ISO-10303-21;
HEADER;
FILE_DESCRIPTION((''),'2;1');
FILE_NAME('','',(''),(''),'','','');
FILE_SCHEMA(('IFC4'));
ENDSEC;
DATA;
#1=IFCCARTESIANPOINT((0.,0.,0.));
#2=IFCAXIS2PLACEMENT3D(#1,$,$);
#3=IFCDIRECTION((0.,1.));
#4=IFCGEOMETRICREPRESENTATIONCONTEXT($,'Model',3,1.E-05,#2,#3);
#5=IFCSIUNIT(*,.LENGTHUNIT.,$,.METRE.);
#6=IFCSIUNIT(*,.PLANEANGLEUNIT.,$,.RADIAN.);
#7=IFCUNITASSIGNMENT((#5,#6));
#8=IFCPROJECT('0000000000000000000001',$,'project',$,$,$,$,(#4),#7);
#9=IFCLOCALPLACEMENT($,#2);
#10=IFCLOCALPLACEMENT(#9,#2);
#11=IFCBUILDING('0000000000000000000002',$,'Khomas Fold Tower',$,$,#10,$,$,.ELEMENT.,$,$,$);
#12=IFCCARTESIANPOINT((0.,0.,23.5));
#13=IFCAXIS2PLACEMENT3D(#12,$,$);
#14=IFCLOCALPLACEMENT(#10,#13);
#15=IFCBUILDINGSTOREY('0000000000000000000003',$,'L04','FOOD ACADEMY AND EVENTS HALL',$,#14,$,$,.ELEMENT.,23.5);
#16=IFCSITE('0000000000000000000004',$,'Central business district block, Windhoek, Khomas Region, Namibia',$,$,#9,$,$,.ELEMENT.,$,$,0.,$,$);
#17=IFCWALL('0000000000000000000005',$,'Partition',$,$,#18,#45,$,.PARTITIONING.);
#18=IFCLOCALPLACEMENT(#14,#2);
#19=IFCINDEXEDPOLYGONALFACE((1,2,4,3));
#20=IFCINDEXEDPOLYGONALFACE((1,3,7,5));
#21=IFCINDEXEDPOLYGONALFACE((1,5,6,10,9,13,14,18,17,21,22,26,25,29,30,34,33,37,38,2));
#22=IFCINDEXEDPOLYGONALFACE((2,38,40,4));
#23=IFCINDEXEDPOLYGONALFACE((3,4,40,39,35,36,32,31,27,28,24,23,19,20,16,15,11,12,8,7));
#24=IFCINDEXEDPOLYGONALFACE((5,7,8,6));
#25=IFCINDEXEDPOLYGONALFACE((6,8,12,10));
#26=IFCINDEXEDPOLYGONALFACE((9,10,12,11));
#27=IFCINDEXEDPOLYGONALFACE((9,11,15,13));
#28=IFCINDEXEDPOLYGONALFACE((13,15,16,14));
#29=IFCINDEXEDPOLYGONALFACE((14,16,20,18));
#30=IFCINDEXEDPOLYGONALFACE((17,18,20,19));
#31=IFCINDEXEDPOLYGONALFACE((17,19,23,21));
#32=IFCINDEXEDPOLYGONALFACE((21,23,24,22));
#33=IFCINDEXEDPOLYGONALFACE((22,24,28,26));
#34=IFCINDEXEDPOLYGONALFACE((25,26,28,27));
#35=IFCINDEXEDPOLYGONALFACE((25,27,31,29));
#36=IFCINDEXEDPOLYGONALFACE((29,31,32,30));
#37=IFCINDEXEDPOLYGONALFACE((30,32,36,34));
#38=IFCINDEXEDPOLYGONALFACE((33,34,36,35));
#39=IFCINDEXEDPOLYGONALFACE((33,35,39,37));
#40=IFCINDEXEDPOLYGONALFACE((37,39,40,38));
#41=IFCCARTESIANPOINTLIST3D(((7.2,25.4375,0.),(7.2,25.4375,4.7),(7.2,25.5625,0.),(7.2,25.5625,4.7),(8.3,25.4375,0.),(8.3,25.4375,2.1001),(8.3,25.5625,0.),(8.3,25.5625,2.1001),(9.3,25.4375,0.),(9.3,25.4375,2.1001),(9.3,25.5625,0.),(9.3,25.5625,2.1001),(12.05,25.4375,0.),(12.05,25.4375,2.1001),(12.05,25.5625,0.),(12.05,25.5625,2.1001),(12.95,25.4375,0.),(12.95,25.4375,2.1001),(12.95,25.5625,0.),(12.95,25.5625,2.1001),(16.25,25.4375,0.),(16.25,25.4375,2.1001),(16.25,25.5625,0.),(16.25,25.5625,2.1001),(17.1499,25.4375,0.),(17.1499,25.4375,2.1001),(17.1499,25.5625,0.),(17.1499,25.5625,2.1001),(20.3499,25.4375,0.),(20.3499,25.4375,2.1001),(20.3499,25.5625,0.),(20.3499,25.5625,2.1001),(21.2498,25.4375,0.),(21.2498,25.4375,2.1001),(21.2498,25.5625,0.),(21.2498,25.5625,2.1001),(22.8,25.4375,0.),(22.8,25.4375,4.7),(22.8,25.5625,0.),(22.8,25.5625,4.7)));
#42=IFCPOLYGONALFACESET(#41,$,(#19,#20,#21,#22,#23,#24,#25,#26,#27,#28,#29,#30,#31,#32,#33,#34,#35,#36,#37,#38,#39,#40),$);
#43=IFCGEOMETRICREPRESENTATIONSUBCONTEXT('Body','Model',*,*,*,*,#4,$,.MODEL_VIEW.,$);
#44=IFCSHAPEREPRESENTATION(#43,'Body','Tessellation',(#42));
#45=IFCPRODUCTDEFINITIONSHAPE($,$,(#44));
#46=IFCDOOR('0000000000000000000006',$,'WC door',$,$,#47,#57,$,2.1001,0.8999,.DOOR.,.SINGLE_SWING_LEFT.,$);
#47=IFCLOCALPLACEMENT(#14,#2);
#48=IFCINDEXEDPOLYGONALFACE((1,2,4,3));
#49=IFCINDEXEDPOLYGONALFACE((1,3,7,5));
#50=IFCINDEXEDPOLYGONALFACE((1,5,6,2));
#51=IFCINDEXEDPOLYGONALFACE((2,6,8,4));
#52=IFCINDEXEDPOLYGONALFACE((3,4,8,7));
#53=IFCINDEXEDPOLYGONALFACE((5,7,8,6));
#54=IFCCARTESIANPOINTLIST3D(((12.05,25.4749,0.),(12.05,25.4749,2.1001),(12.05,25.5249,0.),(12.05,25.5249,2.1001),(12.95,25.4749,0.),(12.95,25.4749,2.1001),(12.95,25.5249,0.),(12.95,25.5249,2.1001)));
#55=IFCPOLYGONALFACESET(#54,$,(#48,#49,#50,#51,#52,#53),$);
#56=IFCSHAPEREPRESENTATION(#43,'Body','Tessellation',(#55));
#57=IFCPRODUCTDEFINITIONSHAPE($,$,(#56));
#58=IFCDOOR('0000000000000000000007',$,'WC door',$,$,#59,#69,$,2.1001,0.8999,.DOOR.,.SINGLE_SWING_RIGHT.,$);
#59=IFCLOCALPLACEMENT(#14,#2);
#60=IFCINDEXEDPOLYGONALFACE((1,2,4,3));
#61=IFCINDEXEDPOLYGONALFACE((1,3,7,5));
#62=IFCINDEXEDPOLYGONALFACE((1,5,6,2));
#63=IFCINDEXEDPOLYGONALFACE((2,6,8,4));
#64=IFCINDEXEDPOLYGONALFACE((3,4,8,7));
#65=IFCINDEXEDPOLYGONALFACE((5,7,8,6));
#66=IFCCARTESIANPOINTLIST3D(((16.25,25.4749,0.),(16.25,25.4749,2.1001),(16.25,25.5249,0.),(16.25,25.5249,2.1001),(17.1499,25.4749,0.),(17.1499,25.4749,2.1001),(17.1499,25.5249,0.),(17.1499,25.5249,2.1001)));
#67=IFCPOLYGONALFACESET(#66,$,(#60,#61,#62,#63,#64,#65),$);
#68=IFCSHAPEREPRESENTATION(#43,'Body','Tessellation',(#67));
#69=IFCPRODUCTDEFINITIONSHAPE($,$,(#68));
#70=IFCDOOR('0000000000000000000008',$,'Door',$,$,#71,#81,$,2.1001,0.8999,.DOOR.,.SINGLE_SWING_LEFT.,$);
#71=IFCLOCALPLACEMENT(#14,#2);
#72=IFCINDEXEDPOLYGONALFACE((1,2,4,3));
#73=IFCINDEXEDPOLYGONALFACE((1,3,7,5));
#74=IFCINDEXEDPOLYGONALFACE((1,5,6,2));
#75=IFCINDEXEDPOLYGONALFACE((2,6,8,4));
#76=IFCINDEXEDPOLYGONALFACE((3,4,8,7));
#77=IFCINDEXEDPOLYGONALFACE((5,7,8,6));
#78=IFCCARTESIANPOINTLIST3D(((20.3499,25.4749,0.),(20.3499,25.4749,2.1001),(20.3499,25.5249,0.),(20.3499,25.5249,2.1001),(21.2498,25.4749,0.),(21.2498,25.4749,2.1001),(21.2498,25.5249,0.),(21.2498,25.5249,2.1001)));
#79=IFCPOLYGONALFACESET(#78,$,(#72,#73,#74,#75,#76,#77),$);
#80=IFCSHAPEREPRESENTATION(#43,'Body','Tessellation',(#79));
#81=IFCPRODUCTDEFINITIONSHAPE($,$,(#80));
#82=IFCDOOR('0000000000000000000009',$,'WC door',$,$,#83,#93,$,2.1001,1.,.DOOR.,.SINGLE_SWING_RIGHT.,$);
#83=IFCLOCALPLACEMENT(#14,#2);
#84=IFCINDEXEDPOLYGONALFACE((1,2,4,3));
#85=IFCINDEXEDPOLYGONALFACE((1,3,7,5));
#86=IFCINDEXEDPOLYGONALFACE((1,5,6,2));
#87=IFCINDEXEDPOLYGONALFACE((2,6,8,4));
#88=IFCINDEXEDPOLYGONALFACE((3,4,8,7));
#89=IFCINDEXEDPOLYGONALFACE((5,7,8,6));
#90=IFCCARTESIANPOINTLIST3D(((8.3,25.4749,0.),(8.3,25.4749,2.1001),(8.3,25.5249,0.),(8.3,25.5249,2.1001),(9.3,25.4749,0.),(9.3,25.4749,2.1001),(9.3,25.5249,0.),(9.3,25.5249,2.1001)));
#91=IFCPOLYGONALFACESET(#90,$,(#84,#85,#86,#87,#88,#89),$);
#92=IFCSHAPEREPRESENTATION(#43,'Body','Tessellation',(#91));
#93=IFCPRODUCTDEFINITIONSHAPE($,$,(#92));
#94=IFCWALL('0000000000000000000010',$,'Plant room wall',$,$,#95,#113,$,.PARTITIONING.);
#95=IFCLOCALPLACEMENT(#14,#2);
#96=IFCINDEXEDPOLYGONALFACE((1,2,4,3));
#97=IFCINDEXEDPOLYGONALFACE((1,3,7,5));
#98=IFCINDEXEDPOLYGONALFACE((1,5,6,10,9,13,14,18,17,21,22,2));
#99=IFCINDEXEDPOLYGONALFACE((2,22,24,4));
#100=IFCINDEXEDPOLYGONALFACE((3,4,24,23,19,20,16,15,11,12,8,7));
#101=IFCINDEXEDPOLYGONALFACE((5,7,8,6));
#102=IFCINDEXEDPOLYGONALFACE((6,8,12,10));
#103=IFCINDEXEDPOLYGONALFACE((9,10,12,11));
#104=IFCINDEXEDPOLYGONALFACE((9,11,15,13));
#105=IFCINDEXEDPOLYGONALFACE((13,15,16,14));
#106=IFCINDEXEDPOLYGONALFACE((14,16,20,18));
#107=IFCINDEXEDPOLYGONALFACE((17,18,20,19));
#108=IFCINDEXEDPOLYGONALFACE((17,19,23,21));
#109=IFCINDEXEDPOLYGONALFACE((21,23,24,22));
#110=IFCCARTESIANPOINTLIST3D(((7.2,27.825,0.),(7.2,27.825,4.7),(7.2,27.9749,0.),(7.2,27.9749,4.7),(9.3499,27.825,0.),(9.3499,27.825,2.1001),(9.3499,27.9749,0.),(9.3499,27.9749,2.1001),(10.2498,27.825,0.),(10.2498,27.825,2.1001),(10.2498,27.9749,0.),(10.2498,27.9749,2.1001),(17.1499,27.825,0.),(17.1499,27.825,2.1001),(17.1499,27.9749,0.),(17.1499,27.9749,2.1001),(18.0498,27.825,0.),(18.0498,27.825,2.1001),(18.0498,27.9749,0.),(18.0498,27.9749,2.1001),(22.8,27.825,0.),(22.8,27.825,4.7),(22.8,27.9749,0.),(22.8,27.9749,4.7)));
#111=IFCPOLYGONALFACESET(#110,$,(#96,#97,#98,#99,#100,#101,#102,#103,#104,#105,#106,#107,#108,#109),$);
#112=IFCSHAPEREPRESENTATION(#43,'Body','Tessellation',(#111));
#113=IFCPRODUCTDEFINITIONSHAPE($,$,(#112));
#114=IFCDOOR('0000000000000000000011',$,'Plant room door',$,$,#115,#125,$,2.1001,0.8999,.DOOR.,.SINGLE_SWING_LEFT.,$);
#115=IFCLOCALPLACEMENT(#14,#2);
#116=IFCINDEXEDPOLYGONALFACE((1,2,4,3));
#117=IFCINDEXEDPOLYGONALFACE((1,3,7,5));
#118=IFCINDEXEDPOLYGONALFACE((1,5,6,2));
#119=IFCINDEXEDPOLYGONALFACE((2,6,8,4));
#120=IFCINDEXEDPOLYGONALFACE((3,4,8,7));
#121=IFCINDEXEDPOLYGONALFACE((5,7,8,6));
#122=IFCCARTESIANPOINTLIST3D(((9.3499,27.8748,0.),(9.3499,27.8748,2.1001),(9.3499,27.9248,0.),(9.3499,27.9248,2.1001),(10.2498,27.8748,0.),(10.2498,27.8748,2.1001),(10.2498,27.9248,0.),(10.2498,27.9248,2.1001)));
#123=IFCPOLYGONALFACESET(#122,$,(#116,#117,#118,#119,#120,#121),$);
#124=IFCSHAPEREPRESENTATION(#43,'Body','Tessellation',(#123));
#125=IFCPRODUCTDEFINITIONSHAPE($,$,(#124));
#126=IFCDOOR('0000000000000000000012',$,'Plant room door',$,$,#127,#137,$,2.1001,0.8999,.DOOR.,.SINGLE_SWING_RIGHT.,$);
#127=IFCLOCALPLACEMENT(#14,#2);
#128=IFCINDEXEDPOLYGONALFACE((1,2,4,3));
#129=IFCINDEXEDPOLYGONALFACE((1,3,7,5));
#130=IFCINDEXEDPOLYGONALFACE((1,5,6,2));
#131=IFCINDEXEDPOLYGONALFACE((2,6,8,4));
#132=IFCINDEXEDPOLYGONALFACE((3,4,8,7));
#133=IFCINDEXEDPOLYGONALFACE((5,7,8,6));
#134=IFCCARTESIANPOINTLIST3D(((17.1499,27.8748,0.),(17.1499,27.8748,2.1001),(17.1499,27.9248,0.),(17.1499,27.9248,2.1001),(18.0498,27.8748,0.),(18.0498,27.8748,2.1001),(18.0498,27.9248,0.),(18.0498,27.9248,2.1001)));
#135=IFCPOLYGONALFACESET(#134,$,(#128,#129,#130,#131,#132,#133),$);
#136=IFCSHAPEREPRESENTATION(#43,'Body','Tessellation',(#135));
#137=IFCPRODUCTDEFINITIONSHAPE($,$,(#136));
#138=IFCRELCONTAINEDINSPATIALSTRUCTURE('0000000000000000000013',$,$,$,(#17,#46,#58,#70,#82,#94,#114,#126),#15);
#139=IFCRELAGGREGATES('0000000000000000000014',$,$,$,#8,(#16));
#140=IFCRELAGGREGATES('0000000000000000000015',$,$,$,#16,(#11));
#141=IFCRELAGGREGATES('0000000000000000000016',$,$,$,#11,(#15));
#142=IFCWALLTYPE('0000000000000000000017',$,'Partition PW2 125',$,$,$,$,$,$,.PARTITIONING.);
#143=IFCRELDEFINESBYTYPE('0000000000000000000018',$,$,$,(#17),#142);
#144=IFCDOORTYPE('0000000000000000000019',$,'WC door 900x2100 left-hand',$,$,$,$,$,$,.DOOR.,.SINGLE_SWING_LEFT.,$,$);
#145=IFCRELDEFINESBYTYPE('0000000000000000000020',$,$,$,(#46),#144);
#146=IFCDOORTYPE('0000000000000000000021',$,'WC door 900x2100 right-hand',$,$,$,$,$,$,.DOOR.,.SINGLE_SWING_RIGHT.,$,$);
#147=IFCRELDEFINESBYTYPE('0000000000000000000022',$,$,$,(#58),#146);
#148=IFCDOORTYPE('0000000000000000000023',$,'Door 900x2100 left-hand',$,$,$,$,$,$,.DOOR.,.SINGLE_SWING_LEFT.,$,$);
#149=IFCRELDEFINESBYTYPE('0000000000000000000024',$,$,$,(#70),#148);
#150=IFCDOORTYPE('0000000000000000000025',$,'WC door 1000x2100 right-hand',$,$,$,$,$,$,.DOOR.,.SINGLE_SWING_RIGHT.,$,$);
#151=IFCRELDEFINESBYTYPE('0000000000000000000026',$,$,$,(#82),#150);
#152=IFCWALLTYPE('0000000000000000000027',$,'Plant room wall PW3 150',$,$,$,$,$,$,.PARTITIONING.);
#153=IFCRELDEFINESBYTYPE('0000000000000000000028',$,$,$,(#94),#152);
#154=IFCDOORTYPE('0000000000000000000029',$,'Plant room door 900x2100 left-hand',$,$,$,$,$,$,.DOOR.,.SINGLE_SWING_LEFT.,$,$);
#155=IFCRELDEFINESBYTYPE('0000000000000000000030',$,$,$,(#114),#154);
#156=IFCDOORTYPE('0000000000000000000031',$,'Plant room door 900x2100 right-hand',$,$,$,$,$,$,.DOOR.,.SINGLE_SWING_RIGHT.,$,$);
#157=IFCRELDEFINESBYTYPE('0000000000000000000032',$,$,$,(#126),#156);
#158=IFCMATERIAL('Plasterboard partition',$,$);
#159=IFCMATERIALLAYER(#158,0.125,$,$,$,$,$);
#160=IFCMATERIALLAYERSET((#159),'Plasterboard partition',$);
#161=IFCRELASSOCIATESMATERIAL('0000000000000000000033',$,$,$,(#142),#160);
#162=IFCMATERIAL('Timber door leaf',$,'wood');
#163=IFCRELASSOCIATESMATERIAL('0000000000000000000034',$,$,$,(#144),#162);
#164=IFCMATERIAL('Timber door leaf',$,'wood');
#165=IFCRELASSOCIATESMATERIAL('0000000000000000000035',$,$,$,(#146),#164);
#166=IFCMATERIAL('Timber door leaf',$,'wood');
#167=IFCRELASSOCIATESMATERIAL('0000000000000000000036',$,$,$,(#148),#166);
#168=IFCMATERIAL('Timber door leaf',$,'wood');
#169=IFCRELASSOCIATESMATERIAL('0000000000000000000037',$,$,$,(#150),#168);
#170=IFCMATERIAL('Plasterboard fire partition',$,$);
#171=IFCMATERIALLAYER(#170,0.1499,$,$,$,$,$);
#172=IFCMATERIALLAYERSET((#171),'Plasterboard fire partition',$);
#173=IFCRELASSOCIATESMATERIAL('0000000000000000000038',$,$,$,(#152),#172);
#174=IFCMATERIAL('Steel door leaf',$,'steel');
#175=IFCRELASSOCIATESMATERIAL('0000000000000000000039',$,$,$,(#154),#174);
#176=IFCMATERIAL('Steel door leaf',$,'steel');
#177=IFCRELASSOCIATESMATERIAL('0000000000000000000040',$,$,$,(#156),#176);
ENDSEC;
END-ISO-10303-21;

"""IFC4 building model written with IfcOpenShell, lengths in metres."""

from ifc_helpers import new_model, si_unit, direction, frame, frame_2d, origin, place, context, subcontext, project, spatial, rectangle, extrude, source, transform, mapped, material, layer, layer_set, type_object, element, fill, save


model = new_model("IFC4")

# Units and contexts
model_context = context("Model", 3, precision=1e-05, world=origin(), true_north=direction((0.0, 1.0)))
body_context = subcontext(model_context, "Body", "Model", "MODEL_VIEW")
ifc_project = project(units=[si_unit("LENGTHUNIT", "METRE"), si_unit("PLANEANGLEUNIT", "RADIAN")], contexts=[model_context])

# Site, building, storey
site_placement = place(None, origin())
site = spatial("IfcSite", under=ifc_project, at=site_placement, Name="Central business district block, Windhoek, Khomas Region, Namibia", CompositionType="ELEMENT", RefElevation=0.0)
building_placement = place(site_placement, origin())
building = spatial("IfcBuilding", under=site, at=building_placement, Name="Khomas Fold Tower", CompositionType="ELEMENT")
storey_placement = place(building_placement, frame((0.0, 0.0, 23.5)))
storey = spatial("IfcBuildingStorey", under=building, at=storey_placement, Name="L04", Description="FOOD ACADEMY AND EVENTS HALL", CompositionType="ELEMENT", Elevation=23.5)

# Walls, openings, doors
ifc_material_1 = material(Name="Plasterboard partition")
ifc_layer_1 = layer(ifc_material_1, 0.125)
ifc_layer_set_1 = layer_set([ifc_layer_1], Name="Plasterboard partition")
wall_type_1 = type_object("IfcWallType", Name="Partition PW2 125", PredefinedType="PARTITIONING", material=ifc_layer_set_1)
shared_shape_1 = source(origin(), body_context, "Body", "SweptSolid", [
    extrude(rectangle(XDim=15.6001, YDim=0.125, at=frame_2d((7.8, 0.0))), origin(), (0.0, 0.0, 1.0), 4.7),
])
wall_1_placement = place(storey_placement, frame((7.2, 25.5, 0.0), z_axis=(0.0, 0.0, 1.0), x_axis=(1.0, 0.0, 0.0)))
wall_1 = element("IfcWall", 1, at=wall_1_placement, inside=storey, type_object=wall_type_1, Name="Partition", PredefinedType="PARTITIONING", context=body_context, shape_type="MappedRepresentation", body=[
    mapped(shared_shape_1, transform((0.0, 0.0, 0.0))),
])
shared_shape_2 = source(origin(), body_context, "Body", "SweptSolid", [
    extrude(rectangle(XDim=1.0, YDim=2.1001, at=frame_2d((0.5, 1.05))), frame((0.0, 0.0725, 0.0), z_axis=(0.0, -1.0, 0.0), x_axis=(1.0, 0.0, 0.0)), (0.0, 0.0, 1.0), 0.145),
])
opening_1_placement = place(wall_1_placement, frame((1.1001, 0.0, 0.0)))
opening_1 = element("IfcOpeningElement", 2, at=opening_1_placement, cuts=wall_1, PredefinedType="OPENING", context=body_context, shape_type="MappedRepresentation", body=[
    mapped(shared_shape_2, transform((0.0, 0.0, 0.0))),
])
shared_shape_3 = source(origin(), body_context, "Body", "SweptSolid", [
    extrude(rectangle(XDim=0.8999, YDim=2.1001, at=frame_2d((0.45, 1.05))), frame((0.0, 0.0725, 0.0), z_axis=(0.0, -1.0, 0.0), x_axis=(1.0, 0.0, 0.0)), (0.0, 0.0, 1.0), 0.145),
])
opening_2_placement = place(wall_1_placement, frame((4.8501, 0.0, 0.0)))
opening_2 = element("IfcOpeningElement", 3, at=opening_2_placement, cuts=wall_1, PredefinedType="OPENING", context=body_context, shape_type="MappedRepresentation", body=[
    mapped(shared_shape_3, transform((0.0, 0.0, 0.0))),
])
opening_3_placement = place(wall_1_placement, frame((9.05, 0.0, 0.0)))
opening_3 = element("IfcOpeningElement", 4, at=opening_3_placement, cuts=wall_1, PredefinedType="OPENING", context=body_context, shape_type="MappedRepresentation", body=[
    mapped(shared_shape_3, transform((0.0, 0.0, 0.0))),
])
opening_4_placement = place(wall_1_placement, frame((13.1499, 0.0, 0.0)))
opening_4 = element("IfcOpeningElement", 5, at=opening_4_placement, cuts=wall_1, PredefinedType="OPENING", context=body_context, shape_type="MappedRepresentation", body=[
    mapped(shared_shape_3, transform((0.0, 0.0, 0.0))),
])
ifc_material_2 = material(Name="Timber door leaf", Category="wood")
door_type_1 = type_object("IfcDoorType", Name="WC door 900x2100 left-hand", OperationType="SINGLE_SWING_LEFT", PredefinedType="DOOR", material=ifc_material_2)
shared_shape_4 = source(origin(), body_context, "Body", "SweptSolid", [
    extrude(rectangle(XDim=0.8999, YDim=2.1001, at=frame_2d((0.45, 1.05))), frame((0.0, 0.0249, 0.0), z_axis=(0.0, -1.0, 0.0), x_axis=(1.0, 0.0, 0.0)), (0.0, 0.0, 1.0), 0.05),
])
door_1_placement = place(opening_2_placement, origin())
door_1 = element("IfcDoor", 6, at=door_1_placement, inside=storey, type_object=door_type_1, Name="WC door", OperationType="SINGLE_SWING_LEFT", OverallHeight=2.1001, OverallWidth=0.8999, PredefinedType="DOOR", context=body_context, shape_type="MappedRepresentation", body=[
    mapped(shared_shape_4, transform((0.0, 0.0, 0.0))),
])
fill(opening_2, door_1)
ifc_material_3 = material(Name="Timber door leaf", Category="wood")
door_type_2 = type_object("IfcDoorType", Name="WC door 900x2100 right-hand", OperationType="SINGLE_SWING_RIGHT", PredefinedType="DOOR", material=ifc_material_3)
door_2_placement = place(opening_3_placement, origin())
door_2 = element("IfcDoor", 7, at=door_2_placement, inside=storey, type_object=door_type_2, Name="WC door", OperationType="SINGLE_SWING_RIGHT", OverallHeight=2.1001, OverallWidth=0.8999, PredefinedType="DOOR", context=body_context, shape_type="MappedRepresentation", body=[
    mapped(shared_shape_4, transform((0.0, 0.0, 0.0))),
])
fill(opening_3, door_2)
ifc_material_4 = material(Name="Timber door leaf", Category="wood")
door_type_3 = type_object("IfcDoorType", Name="Door 900x2100 left-hand", OperationType="SINGLE_SWING_LEFT", PredefinedType="DOOR", material=ifc_material_4)
door_3_placement = place(opening_4_placement, origin())
door_3 = element("IfcDoor", 8, at=door_3_placement, inside=storey, type_object=door_type_3, Name="Door", OperationType="SINGLE_SWING_LEFT", OverallHeight=2.1001, OverallWidth=0.8999, PredefinedType="DOOR", context=body_context, shape_type="MappedRepresentation", body=[
    mapped(shared_shape_4, transform((0.0, 0.0, 0.0))),
])
fill(opening_4, door_3)
ifc_material_5 = material(Name="Timber door leaf", Category="wood")
door_type_4 = type_object("IfcDoorType", Name="WC door 1000x2100 right-hand", OperationType="SINGLE_SWING_RIGHT", PredefinedType="DOOR", material=ifc_material_5)
shared_shape_5 = source(origin(), body_context, "Body", "SweptSolid", [
    extrude(rectangle(XDim=1.0, YDim=2.1001, at=frame_2d((0.5, 1.05))), frame((0.0, 0.0249, 0.0), z_axis=(0.0, -1.0, 0.0), x_axis=(1.0, 0.0, 0.0)), (0.0, 0.0, 1.0), 0.05),
])
door_4_placement = place(opening_1_placement, origin())
door_4 = element("IfcDoor", 9, at=door_4_placement, inside=storey, type_object=door_type_4, Name="WC door", OperationType="SINGLE_SWING_RIGHT", OverallHeight=2.1001, OverallWidth=1.0, PredefinedType="DOOR", context=body_context, shape_type="MappedRepresentation", body=[
    mapped(shared_shape_5, transform((0.0, 0.0, 0.0))),
])
fill(opening_1, door_4)
ifc_material_6 = material(Name="Plasterboard fire partition")
ifc_layer_2 = layer(ifc_material_6, 0.1499)
ifc_layer_set_2 = layer_set([ifc_layer_2], Name="Plasterboard fire partition")
wall_type_2 = type_object("IfcWallType", Name="Plant room wall PW3 150", PredefinedType="PARTITIONING", material=ifc_layer_set_2)
shared_shape_6 = source(origin(), body_context, "Body", "SweptSolid", [
    extrude(rectangle(XDim=15.6001, YDim=0.1499, at=frame_2d((7.8, 0.0))), origin(), (0.0, 0.0, 1.0), 4.7),
])
wall_2_placement = place(storey_placement, frame((7.2, 27.8999, 0.0), z_axis=(0.0, 0.0, 1.0), x_axis=(1.0, 0.0, 0.0)))
wall_2 = element("IfcWall", 10, at=wall_2_placement, inside=storey, type_object=wall_type_2, Name="Plant room wall", PredefinedType="PARTITIONING", context=body_context, shape_type="MappedRepresentation", body=[
    mapped(shared_shape_6, transform((0.0, 0.0, 0.0))),
])
shared_shape_7 = source(origin(), body_context, "Body", "SweptSolid", [
    extrude(rectangle(XDim=0.8999, YDim=2.1001, at=frame_2d((0.45, 1.05))), frame((0.0, 0.085, 0.0), z_axis=(0.0, -1.0, 0.0), x_axis=(1.0, 0.0, 0.0)), (0.0, 0.0, 1.0), 0.1699),
])
opening_5_placement = place(wall_2_placement, frame((2.1499, 0.0, 0.0)))
opening_5 = element("IfcOpeningElement", 11, at=opening_5_placement, cuts=wall_2, PredefinedType="OPENING", context=body_context, shape_type="MappedRepresentation", body=[
    mapped(shared_shape_7, transform((0.0, 0.0, 0.0))),
])
opening_6_placement = place(wall_2_placement, frame((9.95, 0.0, 0.0)))
opening_6 = element("IfcOpeningElement", 12, at=opening_6_placement, cuts=wall_2, PredefinedType="OPENING", context=body_context, shape_type="MappedRepresentation", body=[
    mapped(shared_shape_7, transform((0.0, 0.0, 0.0))),
])
ifc_material_7 = material(Name="Steel door leaf", Category="steel")
door_type_5 = type_object("IfcDoorType", Name="Plant room door 900x2100 left-hand", OperationType="SINGLE_SWING_LEFT", PredefinedType="DOOR", material=ifc_material_7)
door_5_placement = place(opening_5_placement, origin())
door_5 = element("IfcDoor", 13, at=door_5_placement, inside=storey, type_object=door_type_5, Name="Plant room door", OperationType="SINGLE_SWING_LEFT", OverallHeight=2.1001, OverallWidth=0.8999, PredefinedType="DOOR", context=body_context, shape_type="MappedRepresentation", body=[
    mapped(shared_shape_4, transform((0.0, 0.0, 0.0))),
])
fill(opening_5, door_5)
ifc_material_8 = material(Name="Steel door leaf", Category="steel")
door_type_6 = type_object("IfcDoorType", Name="Plant room door 900x2100 right-hand", OperationType="SINGLE_SWING_RIGHT", PredefinedType="DOOR", material=ifc_material_8)
door_6_placement = place(opening_6_placement, origin())
door_6 = element("IfcDoor", 14, at=door_6_placement, inside=storey, type_object=door_type_6, Name="Plant room door", OperationType="SINGLE_SWING_RIGHT", OverallHeight=2.1001, OverallWidth=0.8999, PredefinedType="DOOR", context=body_context, shape_type="MappedRepresentation", body=[
    mapped(shared_shape_4, transform((0.0, 0.0, 0.0))),
])
fill(opening_6, door_6)

save(model, "model.ifc")
